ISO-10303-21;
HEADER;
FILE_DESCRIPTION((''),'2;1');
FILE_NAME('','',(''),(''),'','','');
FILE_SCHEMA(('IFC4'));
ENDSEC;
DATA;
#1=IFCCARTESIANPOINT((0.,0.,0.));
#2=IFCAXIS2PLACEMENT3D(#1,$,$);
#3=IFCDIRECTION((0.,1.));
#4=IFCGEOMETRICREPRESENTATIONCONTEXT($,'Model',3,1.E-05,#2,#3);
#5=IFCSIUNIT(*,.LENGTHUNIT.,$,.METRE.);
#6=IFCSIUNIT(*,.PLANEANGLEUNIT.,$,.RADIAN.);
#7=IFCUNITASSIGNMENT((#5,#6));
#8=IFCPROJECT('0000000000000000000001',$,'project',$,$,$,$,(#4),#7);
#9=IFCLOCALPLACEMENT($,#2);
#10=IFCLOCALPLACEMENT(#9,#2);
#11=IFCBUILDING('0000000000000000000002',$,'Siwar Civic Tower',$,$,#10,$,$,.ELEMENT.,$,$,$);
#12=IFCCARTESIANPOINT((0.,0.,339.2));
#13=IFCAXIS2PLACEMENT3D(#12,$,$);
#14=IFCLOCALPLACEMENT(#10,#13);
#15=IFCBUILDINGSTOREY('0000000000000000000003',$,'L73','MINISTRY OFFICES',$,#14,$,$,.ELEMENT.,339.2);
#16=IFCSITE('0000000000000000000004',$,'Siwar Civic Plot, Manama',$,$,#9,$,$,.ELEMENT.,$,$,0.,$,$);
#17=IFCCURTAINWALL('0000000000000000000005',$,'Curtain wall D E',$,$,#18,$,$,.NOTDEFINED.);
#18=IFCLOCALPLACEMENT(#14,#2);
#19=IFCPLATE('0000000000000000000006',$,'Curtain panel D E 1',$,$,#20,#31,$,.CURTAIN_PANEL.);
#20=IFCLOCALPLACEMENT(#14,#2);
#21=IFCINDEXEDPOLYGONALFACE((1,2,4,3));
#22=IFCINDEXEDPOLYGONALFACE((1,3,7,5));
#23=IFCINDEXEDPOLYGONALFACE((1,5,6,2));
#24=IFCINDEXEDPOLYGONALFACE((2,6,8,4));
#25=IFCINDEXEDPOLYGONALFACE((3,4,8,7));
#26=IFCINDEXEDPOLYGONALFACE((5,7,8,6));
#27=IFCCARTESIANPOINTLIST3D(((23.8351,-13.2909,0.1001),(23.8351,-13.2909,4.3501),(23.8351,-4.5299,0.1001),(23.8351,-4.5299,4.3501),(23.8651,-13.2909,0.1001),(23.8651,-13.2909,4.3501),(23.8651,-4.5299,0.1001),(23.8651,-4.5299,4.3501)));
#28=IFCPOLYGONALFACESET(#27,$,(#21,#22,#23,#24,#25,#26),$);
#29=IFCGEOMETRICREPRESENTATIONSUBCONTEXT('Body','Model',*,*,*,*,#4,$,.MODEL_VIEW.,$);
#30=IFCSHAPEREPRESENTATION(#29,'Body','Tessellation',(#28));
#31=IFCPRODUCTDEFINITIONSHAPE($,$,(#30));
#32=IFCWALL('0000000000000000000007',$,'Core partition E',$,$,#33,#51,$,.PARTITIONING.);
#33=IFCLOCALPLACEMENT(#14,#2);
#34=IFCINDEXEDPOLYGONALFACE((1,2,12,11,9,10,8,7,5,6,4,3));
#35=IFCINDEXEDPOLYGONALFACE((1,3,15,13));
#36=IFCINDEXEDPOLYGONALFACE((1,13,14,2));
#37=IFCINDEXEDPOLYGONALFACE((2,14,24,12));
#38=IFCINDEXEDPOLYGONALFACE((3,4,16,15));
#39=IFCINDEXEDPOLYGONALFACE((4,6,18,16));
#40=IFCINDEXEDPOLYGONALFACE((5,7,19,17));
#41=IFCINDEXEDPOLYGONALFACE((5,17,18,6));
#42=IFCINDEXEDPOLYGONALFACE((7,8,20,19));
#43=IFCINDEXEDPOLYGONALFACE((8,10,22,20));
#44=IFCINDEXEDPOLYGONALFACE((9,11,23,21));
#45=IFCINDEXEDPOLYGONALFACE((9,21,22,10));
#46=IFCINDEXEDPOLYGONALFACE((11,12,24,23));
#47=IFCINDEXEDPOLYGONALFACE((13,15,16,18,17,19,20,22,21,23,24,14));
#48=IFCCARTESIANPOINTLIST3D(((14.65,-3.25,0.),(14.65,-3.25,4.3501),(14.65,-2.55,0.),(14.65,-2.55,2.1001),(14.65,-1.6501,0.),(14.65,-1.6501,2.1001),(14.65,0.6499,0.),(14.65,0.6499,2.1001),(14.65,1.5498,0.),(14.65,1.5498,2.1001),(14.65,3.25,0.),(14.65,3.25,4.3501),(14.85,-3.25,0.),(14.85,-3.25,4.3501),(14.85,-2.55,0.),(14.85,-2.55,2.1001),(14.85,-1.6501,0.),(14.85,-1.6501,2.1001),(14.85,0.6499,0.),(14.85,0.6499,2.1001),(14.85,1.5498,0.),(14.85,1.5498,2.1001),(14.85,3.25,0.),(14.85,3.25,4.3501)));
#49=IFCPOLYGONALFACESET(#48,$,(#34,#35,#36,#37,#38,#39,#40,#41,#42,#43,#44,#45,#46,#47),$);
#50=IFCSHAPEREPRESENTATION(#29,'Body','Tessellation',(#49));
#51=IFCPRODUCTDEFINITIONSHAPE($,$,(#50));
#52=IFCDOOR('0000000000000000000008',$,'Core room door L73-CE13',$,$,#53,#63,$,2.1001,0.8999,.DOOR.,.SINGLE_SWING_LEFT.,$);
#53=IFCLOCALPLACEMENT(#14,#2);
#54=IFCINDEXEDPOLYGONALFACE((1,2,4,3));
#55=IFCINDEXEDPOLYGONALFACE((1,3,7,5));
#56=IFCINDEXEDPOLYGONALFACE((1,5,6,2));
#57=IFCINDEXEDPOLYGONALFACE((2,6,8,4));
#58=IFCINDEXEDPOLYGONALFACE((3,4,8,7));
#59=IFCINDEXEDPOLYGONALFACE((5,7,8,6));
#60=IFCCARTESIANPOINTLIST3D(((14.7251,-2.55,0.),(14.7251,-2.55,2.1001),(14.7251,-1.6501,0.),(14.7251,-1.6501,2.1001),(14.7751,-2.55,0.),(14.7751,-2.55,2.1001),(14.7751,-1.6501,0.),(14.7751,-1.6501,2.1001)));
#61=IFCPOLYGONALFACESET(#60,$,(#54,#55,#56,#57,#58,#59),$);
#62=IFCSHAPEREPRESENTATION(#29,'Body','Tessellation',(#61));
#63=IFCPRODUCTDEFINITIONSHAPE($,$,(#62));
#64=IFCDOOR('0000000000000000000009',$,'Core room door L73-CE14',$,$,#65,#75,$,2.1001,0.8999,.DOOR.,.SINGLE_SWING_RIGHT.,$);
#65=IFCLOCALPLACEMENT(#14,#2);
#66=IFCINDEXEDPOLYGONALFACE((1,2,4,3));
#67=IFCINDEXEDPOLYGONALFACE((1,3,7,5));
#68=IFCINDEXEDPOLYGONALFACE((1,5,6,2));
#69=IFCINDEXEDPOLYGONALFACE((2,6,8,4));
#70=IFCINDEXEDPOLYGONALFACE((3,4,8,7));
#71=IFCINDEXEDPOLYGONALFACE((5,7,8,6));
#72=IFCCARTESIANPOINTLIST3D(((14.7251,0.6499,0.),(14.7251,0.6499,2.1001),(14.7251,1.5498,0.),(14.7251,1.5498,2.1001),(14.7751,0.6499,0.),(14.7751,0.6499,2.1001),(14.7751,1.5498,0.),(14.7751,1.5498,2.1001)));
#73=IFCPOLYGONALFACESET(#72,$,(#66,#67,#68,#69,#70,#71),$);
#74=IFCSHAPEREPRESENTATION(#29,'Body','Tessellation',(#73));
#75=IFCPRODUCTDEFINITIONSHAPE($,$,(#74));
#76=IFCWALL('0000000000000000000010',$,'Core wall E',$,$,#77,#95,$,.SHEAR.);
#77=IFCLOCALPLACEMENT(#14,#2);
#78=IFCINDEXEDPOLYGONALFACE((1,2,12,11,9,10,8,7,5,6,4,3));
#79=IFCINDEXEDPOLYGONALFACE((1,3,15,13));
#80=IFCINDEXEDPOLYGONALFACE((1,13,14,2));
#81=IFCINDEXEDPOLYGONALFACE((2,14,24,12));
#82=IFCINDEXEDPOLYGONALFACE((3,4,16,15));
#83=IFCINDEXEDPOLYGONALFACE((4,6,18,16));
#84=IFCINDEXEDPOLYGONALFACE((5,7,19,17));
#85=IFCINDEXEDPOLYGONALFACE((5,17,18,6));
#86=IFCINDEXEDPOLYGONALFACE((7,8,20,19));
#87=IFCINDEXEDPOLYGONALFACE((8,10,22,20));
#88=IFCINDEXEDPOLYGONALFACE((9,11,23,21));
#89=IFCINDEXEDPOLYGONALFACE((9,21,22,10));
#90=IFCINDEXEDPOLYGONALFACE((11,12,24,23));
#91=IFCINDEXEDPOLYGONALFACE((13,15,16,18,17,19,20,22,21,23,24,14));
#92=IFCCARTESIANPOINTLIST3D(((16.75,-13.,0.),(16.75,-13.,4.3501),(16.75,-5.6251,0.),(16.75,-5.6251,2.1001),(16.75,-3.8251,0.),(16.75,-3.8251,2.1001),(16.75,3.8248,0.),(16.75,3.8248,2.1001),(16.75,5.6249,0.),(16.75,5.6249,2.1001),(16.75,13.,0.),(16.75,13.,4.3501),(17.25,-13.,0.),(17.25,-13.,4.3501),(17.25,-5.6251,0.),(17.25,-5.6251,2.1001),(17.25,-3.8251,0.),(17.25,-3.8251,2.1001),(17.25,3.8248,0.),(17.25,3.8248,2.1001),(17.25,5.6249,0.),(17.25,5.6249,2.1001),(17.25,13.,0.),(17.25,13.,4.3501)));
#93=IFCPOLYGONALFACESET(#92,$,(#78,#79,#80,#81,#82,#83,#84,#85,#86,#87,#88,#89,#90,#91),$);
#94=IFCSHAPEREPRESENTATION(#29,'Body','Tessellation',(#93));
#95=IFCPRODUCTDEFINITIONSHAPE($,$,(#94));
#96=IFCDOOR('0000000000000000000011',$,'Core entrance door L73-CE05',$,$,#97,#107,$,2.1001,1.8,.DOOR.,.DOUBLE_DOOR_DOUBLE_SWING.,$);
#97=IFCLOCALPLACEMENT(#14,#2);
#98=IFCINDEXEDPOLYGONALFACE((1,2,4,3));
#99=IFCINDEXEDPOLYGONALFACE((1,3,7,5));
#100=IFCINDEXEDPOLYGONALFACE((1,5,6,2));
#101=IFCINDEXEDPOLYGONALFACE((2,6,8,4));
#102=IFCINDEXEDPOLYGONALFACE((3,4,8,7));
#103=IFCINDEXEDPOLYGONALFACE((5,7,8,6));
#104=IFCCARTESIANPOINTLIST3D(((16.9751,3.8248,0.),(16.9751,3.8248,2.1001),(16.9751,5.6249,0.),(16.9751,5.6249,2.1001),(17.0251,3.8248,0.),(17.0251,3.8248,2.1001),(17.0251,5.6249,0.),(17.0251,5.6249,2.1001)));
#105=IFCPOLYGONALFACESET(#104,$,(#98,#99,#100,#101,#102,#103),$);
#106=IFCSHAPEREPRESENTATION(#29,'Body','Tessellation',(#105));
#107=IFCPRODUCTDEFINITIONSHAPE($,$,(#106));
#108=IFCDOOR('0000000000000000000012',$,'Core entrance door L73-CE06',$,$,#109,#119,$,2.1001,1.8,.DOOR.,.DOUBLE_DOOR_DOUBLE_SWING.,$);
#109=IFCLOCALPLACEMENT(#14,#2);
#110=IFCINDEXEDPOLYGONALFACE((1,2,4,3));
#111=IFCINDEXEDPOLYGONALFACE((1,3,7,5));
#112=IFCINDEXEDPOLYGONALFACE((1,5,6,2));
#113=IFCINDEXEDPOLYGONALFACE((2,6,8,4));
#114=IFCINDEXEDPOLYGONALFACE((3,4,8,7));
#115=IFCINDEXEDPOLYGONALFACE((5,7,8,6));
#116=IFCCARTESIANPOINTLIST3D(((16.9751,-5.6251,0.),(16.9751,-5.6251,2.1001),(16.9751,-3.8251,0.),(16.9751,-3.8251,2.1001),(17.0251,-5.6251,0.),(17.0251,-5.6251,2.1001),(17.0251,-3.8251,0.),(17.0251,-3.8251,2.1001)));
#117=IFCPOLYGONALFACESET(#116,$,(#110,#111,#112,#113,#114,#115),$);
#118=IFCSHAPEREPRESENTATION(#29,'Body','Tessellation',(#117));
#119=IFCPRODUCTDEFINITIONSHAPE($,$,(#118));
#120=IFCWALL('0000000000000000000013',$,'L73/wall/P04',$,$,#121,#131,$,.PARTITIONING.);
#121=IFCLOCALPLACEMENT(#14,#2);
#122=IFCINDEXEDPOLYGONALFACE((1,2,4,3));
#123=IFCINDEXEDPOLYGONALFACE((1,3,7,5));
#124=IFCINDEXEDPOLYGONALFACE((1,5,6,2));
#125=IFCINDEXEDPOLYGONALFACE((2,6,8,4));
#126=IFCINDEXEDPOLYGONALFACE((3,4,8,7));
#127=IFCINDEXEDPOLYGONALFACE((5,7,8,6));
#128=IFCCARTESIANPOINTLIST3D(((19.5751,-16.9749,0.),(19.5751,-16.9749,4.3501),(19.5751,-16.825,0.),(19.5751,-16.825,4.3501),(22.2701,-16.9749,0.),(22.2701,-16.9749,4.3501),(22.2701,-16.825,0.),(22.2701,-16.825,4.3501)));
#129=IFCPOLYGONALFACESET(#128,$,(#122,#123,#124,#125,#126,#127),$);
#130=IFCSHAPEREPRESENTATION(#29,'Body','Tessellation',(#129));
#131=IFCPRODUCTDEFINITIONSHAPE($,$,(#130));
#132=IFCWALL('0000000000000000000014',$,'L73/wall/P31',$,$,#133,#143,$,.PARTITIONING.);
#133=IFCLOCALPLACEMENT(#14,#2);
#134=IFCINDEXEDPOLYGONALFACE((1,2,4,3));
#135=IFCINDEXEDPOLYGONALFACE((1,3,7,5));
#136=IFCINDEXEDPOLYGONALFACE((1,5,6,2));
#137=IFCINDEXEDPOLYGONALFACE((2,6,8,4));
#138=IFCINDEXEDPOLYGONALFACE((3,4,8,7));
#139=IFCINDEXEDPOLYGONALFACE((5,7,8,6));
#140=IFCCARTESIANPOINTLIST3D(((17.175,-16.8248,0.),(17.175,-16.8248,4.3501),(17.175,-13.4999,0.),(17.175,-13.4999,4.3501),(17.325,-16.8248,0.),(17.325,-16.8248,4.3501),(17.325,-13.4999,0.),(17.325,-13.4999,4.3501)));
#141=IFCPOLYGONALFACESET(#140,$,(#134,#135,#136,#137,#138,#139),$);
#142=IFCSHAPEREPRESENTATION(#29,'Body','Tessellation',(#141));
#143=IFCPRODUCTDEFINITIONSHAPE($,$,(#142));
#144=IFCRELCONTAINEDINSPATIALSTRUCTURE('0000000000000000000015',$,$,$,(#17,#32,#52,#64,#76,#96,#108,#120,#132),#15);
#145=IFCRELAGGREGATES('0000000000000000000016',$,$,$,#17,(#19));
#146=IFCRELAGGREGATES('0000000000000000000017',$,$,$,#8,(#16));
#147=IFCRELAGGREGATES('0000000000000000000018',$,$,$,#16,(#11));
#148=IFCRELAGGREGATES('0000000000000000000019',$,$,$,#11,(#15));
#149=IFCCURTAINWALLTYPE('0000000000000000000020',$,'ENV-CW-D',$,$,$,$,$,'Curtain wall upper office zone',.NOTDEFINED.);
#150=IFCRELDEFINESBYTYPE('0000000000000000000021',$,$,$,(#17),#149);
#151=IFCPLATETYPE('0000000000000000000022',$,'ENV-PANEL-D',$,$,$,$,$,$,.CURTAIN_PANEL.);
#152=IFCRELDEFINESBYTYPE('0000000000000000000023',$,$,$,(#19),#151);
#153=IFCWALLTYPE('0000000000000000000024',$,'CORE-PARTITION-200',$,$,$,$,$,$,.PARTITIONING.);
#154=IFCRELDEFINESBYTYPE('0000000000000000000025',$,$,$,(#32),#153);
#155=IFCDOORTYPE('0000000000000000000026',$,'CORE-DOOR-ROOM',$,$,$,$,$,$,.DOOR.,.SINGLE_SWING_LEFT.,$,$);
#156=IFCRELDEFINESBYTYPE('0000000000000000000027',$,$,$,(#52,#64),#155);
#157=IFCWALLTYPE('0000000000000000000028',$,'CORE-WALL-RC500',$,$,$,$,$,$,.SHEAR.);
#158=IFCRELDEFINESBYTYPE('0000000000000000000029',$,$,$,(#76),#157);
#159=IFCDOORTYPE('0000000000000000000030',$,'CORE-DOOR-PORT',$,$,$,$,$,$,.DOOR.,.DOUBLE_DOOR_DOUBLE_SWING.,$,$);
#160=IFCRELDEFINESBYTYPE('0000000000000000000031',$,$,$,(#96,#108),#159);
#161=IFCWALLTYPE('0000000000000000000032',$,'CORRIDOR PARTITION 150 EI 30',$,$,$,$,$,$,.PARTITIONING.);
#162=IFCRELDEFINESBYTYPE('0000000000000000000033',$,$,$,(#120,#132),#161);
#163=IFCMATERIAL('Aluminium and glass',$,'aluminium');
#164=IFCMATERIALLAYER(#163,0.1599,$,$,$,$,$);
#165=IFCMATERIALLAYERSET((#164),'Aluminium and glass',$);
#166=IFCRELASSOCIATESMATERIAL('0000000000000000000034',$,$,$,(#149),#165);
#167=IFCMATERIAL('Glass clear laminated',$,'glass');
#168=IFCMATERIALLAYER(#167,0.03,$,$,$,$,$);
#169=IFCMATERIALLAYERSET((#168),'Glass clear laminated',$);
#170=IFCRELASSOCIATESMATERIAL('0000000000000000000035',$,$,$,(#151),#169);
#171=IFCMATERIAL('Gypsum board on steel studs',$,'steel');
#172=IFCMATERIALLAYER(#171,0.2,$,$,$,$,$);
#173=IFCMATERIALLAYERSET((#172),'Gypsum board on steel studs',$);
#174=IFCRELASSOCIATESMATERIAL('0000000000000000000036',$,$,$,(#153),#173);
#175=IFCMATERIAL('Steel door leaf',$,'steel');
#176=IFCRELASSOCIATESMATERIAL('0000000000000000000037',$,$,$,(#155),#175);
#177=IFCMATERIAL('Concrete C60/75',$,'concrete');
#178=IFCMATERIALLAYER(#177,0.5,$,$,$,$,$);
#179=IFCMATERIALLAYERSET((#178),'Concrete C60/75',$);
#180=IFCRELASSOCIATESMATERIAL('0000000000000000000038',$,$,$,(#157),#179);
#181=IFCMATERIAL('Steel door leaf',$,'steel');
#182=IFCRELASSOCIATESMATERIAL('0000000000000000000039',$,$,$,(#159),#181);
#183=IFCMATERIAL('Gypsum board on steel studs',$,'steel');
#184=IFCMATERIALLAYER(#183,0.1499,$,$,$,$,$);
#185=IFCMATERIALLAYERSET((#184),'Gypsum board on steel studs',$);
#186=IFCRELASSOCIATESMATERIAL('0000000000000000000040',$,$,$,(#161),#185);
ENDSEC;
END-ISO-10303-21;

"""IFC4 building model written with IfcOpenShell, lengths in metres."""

from ifc_helpers import new_model, si_unit, direction, frame, frame_2d, origin, origin_2d, place, context, subcontext, project, spatial, rectangle, extrude, material, layer, layer_set, type_object, element, fill, aggregate, save


model = new_model("IFC4")

# Units and contexts
model_context = context("Model", 3, precision=1e-05, world=origin(), true_north=direction((0.0, 1.0)))
body_context = subcontext(model_context, "Body", "Model", "MODEL_VIEW")
ifc_project = project(units=[si_unit("LENGTHUNIT", "METRE"), si_unit("PLANEANGLEUNIT", "RADIAN")], contexts=[model_context])

# Site, building, storey
site_placement = place(None, origin())
site = spatial("IfcSite", under=ifc_project, at=site_placement, Name="Siwar Civic Plot, Manama", CompositionType="ELEMENT", RefElevation=0.0)
building_placement = place(site_placement, origin())
building = spatial("IfcBuilding", under=site, at=building_placement, Name="Siwar Civic Tower", CompositionType="ELEMENT")
storey_placement = place(building_placement, frame((0.0, 0.0, 339.2)))
storey = spatial("IfcBuildingStorey", under=building, at=storey_placement, Name="L73", Description="MINISTRY OFFICES", CompositionType="ELEMENT", Elevation=339.2)

# Curtain wall
ifc_material_1 = material(Name="Aluminium and glass", Category="aluminium")
ifc_layer_1 = layer(ifc_material_1, 0.1599)
ifc_layer_set_1 = layer_set([ifc_layer_1], Name="Aluminium and glass")
curtain_wall_type = type_object("IfcCurtainWallType", Name="ENV-CW-D", ElementType="Curtain wall upper office zone", PredefinedType="NOTDEFINED", material=ifc_layer_set_1)
curtain_wall_placement = place(storey_placement, origin())
curtain_wall = element("IfcCurtainWall", 1, at=curtain_wall_placement, inside=storey, type_object=curtain_wall_type, Name="Curtain wall D E", PredefinedType="NOTDEFINED")

# Plate
ifc_material_2 = material(Name="Glass clear laminated", Category="glass")
ifc_layer_2 = layer(ifc_material_2, 0.03)
ifc_layer_set_2 = layer_set([ifc_layer_2], Name="Glass clear laminated")
plate_type = type_object("IfcPlateType", Name="ENV-PANEL-D", PredefinedType="CURTAIN_PANEL", material=ifc_layer_set_2)
plate_placement = place(storey_placement, frame((23.8501, -8.9104, 0.1001), z_axis=(0.0, 0.0, 1.0), x_axis=(0.0, 1.0, 0.0)))
plate = element("IfcPlate", 2, at=plate_placement, type_object=plate_type, Name="Curtain panel D E 1", PredefinedType="CURTAIN_PANEL", context=body_context, shape_type="SweptSolid", body=[
    extrude(rectangle(XDim=8.761, YDim=0.03, at=origin_2d()), origin(), (0.0, 0.0, 1.0), 4.25),
])
aggregate(curtain_wall, [plate])

# Walls, openings, doors
ifc_material_3 = material(Name="Gypsum board on steel studs", Category="steel")
ifc_layer_3 = layer(ifc_material_3, 0.2)
ifc_layer_set_3 = layer_set([ifc_layer_3], Name="Gypsum board on steel studs")
wall_type_1 = type_object("IfcWallType", Name="CORE-PARTITION-200", PredefinedType="PARTITIONING", material=ifc_layer_set_3)
wall_1_placement = place(storey_placement, frame((14.75, -3.25, 0.0), z_axis=(0.0, 0.0, 1.0), x_axis=(0.0, 1.0, 0.0)))
wall_1 = element("IfcWall", 3, at=wall_1_placement, inside=storey, type_object=wall_type_1, Name="Core partition E", PredefinedType="PARTITIONING", context=body_context, shape_type="SweptSolid", body=[
    extrude(rectangle(XDim=6.5, YDim=0.2, at=frame_2d((3.25, 0.0))), origin(), (0.0, 0.0, 1.0), 4.3501),
])
opening_1_placement = place(wall_1_placement, frame((0.7, 0.0, 0.0)))
opening_1 = element("IfcOpeningElement", 4, at=opening_1_placement, cuts=wall_1, PredefinedType="OPENING", context=body_context, shape_type="SweptSolid", body=[
    extrude(rectangle(XDim=0.8999, YDim=2.1001, at=frame_2d((0.45, 1.05))), frame((0.0, 0.1099, 0.0), z_axis=(0.0, -1.0, 0.0), x_axis=(1.0, 0.0, 0.0)), (0.0, 0.0, 1.0), 0.22),
])
opening_2_placement = place(wall_1_placement, frame((3.8999, 0.0, 0.0)))
opening_2 = element("IfcOpeningElement", 5, at=opening_2_placement, cuts=wall_1, PredefinedType="OPENING", context=body_context, shape_type="SweptSolid", body=[
    extrude(rectangle(XDim=0.8999, YDim=2.1001, at=frame_2d((0.45, 1.05))), frame((0.0, 0.1099, 0.0), z_axis=(0.0, -1.0, 0.0), x_axis=(1.0, 0.0, 0.0)), (0.0, 0.0, 1.0), 0.22),
])
ifc_material_4 = material(Name="Steel door leaf", Category="steel")
door_type_1 = type_object("IfcDoorType", Name="CORE-DOOR-ROOM", OperationType="SINGLE_SWING_LEFT", PredefinedType="DOOR", material=ifc_material_4)
door_1_placement = place(opening_1_placement, origin())
door_1 = element("IfcDoor", 6, at=door_1_placement, inside=storey, type_object=door_type_1, Name="Core room door L73-CE13", OperationType="SINGLE_SWING_LEFT", OverallHeight=2.1001, OverallWidth=0.8999, PredefinedType="DOOR", context=body_context, shape_type="SweptSolid", body=[
    extrude(rectangle(XDim=0.8999, YDim=2.1001, at=frame_2d((0.45, 1.05))), frame((0.0, 0.0249, 0.0), z_axis=(0.0, -1.0, 0.0), x_axis=(1.0, 0.0, 0.0)), (0.0, 0.0, 1.0), 0.05),
])
fill(opening_1, door_1)
door_2_placement = place(opening_2_placement, origin())
door_2 = element("IfcDoor", 7, at=door_2_placement, inside=storey, type_object=door_type_1, Name="Core room door L73-CE14", OperationType="SINGLE_SWING_RIGHT", OverallHeight=2.1001, OverallWidth=0.8999, PredefinedType="DOOR", context=body_context, shape_type="SweptSolid", body=[
    extrude(rectangle(XDim=0.8999, YDim=2.1001, at=frame_2d((0.45, 1.05))), frame((0.0, 0.0249, 0.0), z_axis=(0.0, -1.0, 0.0), x_axis=(1.0, 0.0, 0.0)), (0.0, 0.0, 1.0), 0.05),
])
fill(opening_2, door_2)
ifc_material_5 = material(Name="Concrete C60/75", Category="concrete")
ifc_layer_4 = layer(ifc_material_5, 0.5)
ifc_layer_set_4 = layer_set([ifc_layer_4], Name="Concrete C60/75")
wall_type_2 = type_object("IfcWallType", Name="CORE-WALL-RC500", PredefinedType="SHEAR", material=ifc_layer_set_4)
wall_2_placement = place(storey_placement, frame((17.0, -13.0, 0.0), z_axis=(0.0, 0.0, 1.0), x_axis=(0.0, 1.0, 0.0)))
wall_2 = element("IfcWall", 8, at=wall_2_placement, inside=storey, type_object=wall_type_2, Name="Core wall E", PredefinedType="SHEAR", context=body_context, shape_type="SweptSolid", body=[
    extrude(rectangle(XDim=26.0, YDim=0.5, at=frame_2d((13.0, 0.0))), origin(), (0.0, 0.0, 1.0), 4.3501),
])
opening_3_placement = place(wall_2_placement, frame((16.825, 0.0, 0.0)))
opening_3 = element("IfcOpeningElement", 9, at=opening_3_placement, cuts=wall_2, PredefinedType="OPENING", context=body_context, shape_type="SweptSolid", body=[
    extrude(rectangle(XDim=1.8, YDim=2.1001, at=frame_2d((0.8999, 1.05))), frame((0.0, 0.26, 0.0), z_axis=(0.0, -1.0, 0.0), x_axis=(1.0, 0.0, 0.0)), (0.0, 0.0, 1.0), 0.52),
])
opening_4_placement = place(wall_2_placement, frame((7.375, 0.0, 0.0)))
opening_4 = element("IfcOpeningElement", 10, at=opening_4_placement, cuts=wall_2, PredefinedType="OPENING", context=body_context, shape_type="SweptSolid", body=[
    extrude(rectangle(XDim=1.8, YDim=2.1001, at=frame_2d((0.8999, 1.05))), frame((0.0, 0.26, 0.0), z_axis=(0.0, -1.0, 0.0), x_axis=(1.0, 0.0, 0.0)), (0.0, 0.0, 1.0), 0.52),
])
ifc_material_6 = material(Name="Steel door leaf", Category="steel")
door_type_2 = type_object("IfcDoorType", Name="CORE-DOOR-PORT", OperationType="DOUBLE_DOOR_DOUBLE_SWING", PredefinedType="DOOR", material=ifc_material_6)
door_3_placement = place(opening_3_placement, origin())
door_3 = element("IfcDoor", 11, at=door_3_placement, inside=storey, type_object=door_type_2, Name="Core entrance door L73-CE05", OperationType="DOUBLE_DOOR_DOUBLE_SWING", OverallHeight=2.1001, OverallWidth=1.8, PredefinedType="DOOR", context=body_context, shape_type="SweptSolid", body=[
    extrude(rectangle(XDim=1.8, YDim=2.1001, at=frame_2d((0.8999, 1.05))), frame((0.0, 0.0249, 0.0), z_axis=(0.0, -1.0, 0.0), x_axis=(1.0, 0.0, 0.0)), (0.0, 0.0, 1.0), 0.05),
])
fill(opening_3, door_3)
door_4_placement = place(opening_4_placement, origin())
door_4 = element("IfcDoor", 12, at=door_4_placement, inside=storey, type_object=door_type_2, Name="Core entrance door L73-CE06", OperationType="DOUBLE_DOOR_DOUBLE_SWING", OverallHeight=2.1001, OverallWidth=1.8, PredefinedType="DOOR", context=body_context, shape_type="SweptSolid", body=[
    extrude(rectangle(XDim=1.8, YDim=2.1001, at=frame_2d((0.8999, 1.05))), frame((0.0, 0.0249, 0.0), z_axis=(0.0, -1.0, 0.0), x_axis=(1.0, 0.0, 0.0)), (0.0, 0.0, 1.0), 0.05),
])
fill(opening_4, door_4)

# Walls
ifc_material_7 = material(Name="Gypsum board on steel studs", Category="steel")
ifc_layer_5 = layer(ifc_material_7, 0.1499)
ifc_layer_set_5 = layer_set([ifc_layer_5], Name="Gypsum board on steel studs")
wall_type_3 = type_object("IfcWallType", Name="CORRIDOR PARTITION 150 EI 30", PredefinedType="PARTITIONING", material=ifc_layer_set_5)
wall_3_placement = place(storey_placement, frame((19.575, -16.8999, 0.0), z_axis=(0.0, 0.0, 1.0), x_axis=(1.0, 0.0, 0.0)))
element("IfcWall", 13, at=wall_3_placement, inside=storey, type_object=wall_type_3, Name="L73/wall/P04", PredefinedType="PARTITIONING", context=body_context, shape_type="SweptSolid", body=[
    extrude(rectangle(XDim=2.6951, YDim=0.1499, at=frame_2d((1.3477, 0.0))), origin(), (0.0, 0.0, 1.0), 4.3501),
])
wall_4_placement = place(storey_placement, frame((17.25, -16.825, 0.0), z_axis=(0.0, 0.0, 1.0), x_axis=(0.0, 1.0, 0.0)))
element("IfcWall", 14, at=wall_4_placement, inside=storey, type_object=wall_type_3, Name="L73/wall/P31", PredefinedType="PARTITIONING", context=body_context, shape_type="SweptSolid", body=[
    extrude(rectangle(XDim=3.325, YDim=0.1499, at=frame_2d((1.6626, 0.0))), origin(), (0.0, 0.0, 1.0), 4.3501),
])

save(model, "model.ifc")
